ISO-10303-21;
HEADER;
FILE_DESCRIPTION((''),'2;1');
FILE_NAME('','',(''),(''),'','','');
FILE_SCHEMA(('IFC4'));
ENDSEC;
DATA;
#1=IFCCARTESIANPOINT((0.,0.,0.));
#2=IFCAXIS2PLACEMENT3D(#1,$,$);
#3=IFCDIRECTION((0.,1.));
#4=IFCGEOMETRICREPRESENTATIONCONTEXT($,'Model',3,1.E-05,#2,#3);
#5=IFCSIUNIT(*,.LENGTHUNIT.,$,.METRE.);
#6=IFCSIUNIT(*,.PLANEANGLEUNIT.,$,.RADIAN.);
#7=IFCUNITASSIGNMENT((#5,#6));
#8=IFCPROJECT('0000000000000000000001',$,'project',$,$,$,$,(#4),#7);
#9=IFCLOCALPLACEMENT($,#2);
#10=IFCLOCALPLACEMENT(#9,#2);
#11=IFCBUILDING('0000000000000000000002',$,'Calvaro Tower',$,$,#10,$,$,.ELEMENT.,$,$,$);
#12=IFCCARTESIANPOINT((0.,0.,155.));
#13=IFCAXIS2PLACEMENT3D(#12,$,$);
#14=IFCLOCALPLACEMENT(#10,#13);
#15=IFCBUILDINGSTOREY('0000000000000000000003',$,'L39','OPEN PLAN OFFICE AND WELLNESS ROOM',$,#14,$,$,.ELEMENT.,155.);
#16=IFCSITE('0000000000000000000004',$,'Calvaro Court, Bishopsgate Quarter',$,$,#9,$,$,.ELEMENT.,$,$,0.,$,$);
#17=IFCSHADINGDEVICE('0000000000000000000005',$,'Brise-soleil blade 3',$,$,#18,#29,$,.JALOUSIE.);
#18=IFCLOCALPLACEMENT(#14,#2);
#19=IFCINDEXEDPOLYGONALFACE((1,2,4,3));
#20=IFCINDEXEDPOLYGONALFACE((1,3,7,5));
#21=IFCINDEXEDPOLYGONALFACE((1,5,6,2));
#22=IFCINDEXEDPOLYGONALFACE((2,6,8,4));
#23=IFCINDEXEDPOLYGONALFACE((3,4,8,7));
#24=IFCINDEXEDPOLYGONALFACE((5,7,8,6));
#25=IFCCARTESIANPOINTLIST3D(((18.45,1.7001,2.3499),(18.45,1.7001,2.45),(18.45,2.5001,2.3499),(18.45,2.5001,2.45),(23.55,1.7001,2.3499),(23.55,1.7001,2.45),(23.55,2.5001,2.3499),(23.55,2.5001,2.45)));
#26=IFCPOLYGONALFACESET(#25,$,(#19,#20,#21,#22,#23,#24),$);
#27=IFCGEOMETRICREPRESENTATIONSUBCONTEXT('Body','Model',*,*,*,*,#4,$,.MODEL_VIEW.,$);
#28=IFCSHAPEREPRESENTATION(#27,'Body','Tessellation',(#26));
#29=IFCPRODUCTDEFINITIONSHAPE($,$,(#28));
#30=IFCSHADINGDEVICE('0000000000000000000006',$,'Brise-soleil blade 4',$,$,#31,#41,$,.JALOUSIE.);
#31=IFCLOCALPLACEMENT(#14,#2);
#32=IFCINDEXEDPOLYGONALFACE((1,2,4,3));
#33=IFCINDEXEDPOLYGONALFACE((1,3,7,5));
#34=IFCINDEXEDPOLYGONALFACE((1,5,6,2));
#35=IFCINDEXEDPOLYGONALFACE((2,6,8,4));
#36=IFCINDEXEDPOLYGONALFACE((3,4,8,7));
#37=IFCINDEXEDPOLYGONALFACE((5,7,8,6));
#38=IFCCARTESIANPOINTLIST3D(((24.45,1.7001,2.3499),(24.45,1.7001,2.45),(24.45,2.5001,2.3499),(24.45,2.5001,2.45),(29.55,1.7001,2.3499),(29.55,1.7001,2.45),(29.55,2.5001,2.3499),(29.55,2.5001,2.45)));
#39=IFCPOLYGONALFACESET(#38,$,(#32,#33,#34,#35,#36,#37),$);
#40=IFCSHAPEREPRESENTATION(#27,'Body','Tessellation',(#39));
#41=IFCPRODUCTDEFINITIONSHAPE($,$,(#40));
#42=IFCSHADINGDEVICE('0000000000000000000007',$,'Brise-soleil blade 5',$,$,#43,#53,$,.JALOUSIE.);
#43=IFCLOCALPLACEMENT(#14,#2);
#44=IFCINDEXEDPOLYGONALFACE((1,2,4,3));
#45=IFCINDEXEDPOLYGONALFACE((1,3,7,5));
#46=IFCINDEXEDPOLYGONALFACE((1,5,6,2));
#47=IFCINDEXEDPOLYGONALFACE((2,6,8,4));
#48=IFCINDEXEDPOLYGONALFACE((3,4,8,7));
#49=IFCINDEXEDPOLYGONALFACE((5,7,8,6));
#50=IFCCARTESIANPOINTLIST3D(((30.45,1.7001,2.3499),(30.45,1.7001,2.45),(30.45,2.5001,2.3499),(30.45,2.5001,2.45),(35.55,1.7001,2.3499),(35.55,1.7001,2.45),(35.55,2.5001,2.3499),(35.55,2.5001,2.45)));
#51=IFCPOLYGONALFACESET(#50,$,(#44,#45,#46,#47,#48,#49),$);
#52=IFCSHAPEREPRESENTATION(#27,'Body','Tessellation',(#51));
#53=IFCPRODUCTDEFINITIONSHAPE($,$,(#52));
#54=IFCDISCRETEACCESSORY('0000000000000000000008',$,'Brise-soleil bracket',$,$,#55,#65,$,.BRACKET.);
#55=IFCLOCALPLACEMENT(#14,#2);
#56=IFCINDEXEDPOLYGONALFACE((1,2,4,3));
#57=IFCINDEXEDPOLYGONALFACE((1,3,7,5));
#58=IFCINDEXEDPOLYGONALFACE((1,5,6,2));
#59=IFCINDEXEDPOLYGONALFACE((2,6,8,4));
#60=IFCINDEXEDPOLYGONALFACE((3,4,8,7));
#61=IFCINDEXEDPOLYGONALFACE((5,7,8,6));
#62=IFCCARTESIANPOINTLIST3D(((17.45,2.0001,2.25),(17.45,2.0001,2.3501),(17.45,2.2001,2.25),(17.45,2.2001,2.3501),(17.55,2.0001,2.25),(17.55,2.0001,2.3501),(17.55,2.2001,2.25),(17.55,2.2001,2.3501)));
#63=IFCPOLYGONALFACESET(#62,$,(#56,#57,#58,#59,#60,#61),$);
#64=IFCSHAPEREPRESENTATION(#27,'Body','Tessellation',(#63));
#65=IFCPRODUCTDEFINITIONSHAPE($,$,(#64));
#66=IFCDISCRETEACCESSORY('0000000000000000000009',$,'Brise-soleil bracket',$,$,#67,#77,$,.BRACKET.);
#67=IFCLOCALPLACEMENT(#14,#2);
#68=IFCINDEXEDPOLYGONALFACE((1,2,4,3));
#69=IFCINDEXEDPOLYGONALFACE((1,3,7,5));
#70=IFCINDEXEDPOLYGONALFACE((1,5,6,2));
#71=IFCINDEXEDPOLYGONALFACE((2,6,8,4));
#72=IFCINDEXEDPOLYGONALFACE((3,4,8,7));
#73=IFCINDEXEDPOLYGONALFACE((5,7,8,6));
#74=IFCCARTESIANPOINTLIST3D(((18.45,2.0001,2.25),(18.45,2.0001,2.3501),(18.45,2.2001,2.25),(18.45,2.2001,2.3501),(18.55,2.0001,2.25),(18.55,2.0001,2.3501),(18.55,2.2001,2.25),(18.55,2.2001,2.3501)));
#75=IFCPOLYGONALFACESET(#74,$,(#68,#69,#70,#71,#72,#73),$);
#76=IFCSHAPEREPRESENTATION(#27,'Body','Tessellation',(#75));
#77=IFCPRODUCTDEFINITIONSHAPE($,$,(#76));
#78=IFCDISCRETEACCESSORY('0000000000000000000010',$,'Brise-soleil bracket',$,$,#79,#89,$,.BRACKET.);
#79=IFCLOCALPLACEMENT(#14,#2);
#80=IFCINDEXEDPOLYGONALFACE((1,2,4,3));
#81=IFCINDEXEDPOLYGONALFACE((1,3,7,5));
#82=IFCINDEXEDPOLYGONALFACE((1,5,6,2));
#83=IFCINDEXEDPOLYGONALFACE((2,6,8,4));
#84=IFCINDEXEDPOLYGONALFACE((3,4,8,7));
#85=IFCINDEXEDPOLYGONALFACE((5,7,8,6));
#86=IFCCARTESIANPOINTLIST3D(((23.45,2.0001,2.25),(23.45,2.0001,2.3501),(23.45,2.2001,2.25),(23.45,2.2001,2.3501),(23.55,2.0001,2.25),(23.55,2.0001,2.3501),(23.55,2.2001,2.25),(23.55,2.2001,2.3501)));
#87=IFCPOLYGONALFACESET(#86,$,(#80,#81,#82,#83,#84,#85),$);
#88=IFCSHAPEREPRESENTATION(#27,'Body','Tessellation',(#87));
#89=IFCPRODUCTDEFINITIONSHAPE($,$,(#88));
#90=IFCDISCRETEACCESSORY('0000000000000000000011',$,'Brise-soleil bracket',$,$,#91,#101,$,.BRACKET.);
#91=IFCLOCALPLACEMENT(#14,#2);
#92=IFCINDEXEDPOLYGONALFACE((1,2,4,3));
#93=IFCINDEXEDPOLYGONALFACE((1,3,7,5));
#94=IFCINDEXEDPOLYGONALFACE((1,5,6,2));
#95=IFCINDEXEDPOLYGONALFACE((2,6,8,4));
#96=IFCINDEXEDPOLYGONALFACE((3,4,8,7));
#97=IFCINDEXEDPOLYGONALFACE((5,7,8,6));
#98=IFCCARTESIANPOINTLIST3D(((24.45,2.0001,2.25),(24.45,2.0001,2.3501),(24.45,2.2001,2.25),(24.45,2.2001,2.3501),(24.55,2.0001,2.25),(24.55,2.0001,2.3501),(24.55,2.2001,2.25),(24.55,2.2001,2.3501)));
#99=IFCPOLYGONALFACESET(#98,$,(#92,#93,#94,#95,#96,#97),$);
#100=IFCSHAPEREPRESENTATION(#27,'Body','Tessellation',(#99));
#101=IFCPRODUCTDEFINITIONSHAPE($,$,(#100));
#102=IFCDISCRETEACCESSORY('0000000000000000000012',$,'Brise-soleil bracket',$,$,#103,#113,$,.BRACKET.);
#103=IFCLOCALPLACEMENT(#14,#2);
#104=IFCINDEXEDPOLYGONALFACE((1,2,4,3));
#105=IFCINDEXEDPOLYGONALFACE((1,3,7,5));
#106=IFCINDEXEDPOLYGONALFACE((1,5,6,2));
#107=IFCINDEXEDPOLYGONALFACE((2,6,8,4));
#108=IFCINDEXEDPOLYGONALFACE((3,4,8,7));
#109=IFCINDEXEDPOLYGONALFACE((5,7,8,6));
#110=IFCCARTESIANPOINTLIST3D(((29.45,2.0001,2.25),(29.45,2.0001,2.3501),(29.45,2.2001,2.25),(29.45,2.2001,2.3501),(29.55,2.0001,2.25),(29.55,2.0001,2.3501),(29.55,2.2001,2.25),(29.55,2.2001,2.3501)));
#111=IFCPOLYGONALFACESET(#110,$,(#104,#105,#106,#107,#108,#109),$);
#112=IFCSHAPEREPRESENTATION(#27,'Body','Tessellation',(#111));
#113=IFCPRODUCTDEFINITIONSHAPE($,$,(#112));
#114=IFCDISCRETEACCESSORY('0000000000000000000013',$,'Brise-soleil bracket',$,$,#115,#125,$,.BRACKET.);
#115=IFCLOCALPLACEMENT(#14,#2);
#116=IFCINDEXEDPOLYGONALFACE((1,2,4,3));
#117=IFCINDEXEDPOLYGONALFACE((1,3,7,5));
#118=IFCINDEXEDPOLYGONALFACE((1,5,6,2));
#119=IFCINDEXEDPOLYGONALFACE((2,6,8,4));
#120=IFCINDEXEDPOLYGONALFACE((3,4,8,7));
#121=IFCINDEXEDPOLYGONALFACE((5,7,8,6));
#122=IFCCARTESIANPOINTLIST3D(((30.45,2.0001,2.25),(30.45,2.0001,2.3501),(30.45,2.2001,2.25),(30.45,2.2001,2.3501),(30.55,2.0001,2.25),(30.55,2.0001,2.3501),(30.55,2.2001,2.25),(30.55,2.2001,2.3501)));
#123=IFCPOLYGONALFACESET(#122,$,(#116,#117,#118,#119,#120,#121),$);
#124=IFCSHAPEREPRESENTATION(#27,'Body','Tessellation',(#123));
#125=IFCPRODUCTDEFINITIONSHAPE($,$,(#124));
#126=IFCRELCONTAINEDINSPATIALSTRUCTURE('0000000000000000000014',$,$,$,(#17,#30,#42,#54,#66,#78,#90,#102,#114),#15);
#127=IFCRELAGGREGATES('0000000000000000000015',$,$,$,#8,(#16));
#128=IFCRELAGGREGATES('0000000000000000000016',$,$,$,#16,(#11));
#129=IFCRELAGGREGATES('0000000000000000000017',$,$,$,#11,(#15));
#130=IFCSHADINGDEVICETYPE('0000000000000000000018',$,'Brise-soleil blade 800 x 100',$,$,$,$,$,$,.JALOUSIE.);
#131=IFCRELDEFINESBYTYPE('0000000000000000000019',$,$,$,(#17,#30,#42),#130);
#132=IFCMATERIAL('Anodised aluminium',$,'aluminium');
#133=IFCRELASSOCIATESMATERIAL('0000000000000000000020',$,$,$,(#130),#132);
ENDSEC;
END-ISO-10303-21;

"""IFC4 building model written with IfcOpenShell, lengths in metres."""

from ifc_helpers import new_model, si_unit, direction, frame, origin, origin_2d, place, context, subcontext, project, spatial, rectangle, extrude, material, material_profile, profile_set, type_object, element, save


model = new_model("IFC4")

# Units and contexts
model_context = context("Model", 3, precision=1e-05, world=origin(), true_north=direction((0.0, 1.0)))
body_context = subcontext(model_context, "Body", "Model", "MODEL_VIEW")
ifc_project = project(units=[si_unit("LENGTHUNIT", "METRE"), si_unit("PLANEANGLEUNIT", "RADIAN")], contexts=[model_context])

# Site, building, storey
site_placement = place(None, origin())
site = spatial("IfcSite", under=ifc_project, at=site_placement, Name="Calvaro Court, Bishopsgate Quarter", CompositionType="ELEMENT", RefElevation=0.0)
building_placement = place(site_placement, origin())
building = spatial("IfcBuilding", under=site, at=building_placement, Name="Calvaro Tower", CompositionType="ELEMENT")
storey_placement = place(building_placement, frame((0.0, 0.0, 155.0)))
storey = spatial("IfcBuildingStorey", under=building, at=storey_placement, Name="L39", Description="OPEN PLAN OFFICE AND WELLNESS ROOM", CompositionType="ELEMENT", Elevation=155.0)

# Shading devices
ifc_material_1 = material(Name="Anodised aluminium", Category="aluminium")
ifc_material_profile_1 = material_profile(ifc_material_1, rectangle(XDim=0.8, YDim=0.1001, at=origin_2d()), Name="Brise-soleil blade 800 x 100")
ifc_profile_set_1 = profile_set([ifc_material_profile_1], Name="Anodised aluminium")
shading_device_type = type_object("IfcShadingDeviceType", Name="Brise-soleil blade 800 x 100", PredefinedType="JALOUSIE", material=ifc_profile_set_1)
for number, where, z_axis, x_axis, name in (
    (1, (18.45, 2.1001, 2.3999), (1.0, 0.0, 0.0), (0.0, 1.0, 0.0), "Brise-soleil blade 3"),
    (2, (24.45, 2.1001, 2.3999), (1.0, 0.0, 0.0), (0.0, 1.0, 0.0), "Brise-soleil blade 4"),
    (3, (30.45, 2.1001, 2.3999), (1.0, 0.0, 0.0), (0.0, 1.0, 0.0), "Brise-soleil blade 5"),
):
    element("IfcShadingDevice", number, at=place(storey_placement, frame(where, z_axis=z_axis, x_axis=x_axis)), inside=storey, type_object=shading_device_type, Name=name, PredefinedType="JALOUSIE", context=body_context, shape_type="SweptSolid", body=[
        extrude(rectangle(XDim=0.8, YDim=0.1001, at=origin_2d()), origin(), (0.0, 0.0, 1.0), 5.1001),
    ])

# Discrete accessories
for number, where, z_axis, x_axis, name in (
    (4, (17.5, 2.1001, 2.25), (0.0, 0.0, 1.0), (1.0, 0.0, 0.0), "Brise-soleil bracket"),
    (5, (18.5, 2.1001, 2.25), (0.0, 0.0, 1.0), (1.0, 0.0, 0.0), "Brise-soleil bracket"),
    (6, (23.5, 2.1001, 2.25), (0.0, 0.0, 1.0), (1.0, 0.0, 0.0), "Brise-soleil bracket"),
    (7, (24.5, 2.1001, 2.25), (0.0, 0.0, 1.0), (1.0, 0.0, 0.0), "Brise-soleil bracket"),
    (8, (29.5, 2.1001, 2.25), (0.0, 0.0, 1.0), (1.0, 0.0, 0.0), "Brise-soleil bracket"),
    (9, (30.5, 2.1001, 2.25), (0.0, 0.0, 1.0), (1.0, 0.0, 0.0), "Brise-soleil bracket"),
):
    element("IfcDiscreteAccessory", number, at=place(storey_placement, frame(where, z_axis=z_axis, x_axis=x_axis)), inside=storey, Name=name, PredefinedType="BRACKET", context=body_context, shape_type="SweptSolid", body=[
        extrude(rectangle(XDim=0.1001, YDim=0.2, at=origin_2d()), origin(), (0.0, 0.0, 1.0), 0.1001),
    ])

save(model, "model.ifc")
